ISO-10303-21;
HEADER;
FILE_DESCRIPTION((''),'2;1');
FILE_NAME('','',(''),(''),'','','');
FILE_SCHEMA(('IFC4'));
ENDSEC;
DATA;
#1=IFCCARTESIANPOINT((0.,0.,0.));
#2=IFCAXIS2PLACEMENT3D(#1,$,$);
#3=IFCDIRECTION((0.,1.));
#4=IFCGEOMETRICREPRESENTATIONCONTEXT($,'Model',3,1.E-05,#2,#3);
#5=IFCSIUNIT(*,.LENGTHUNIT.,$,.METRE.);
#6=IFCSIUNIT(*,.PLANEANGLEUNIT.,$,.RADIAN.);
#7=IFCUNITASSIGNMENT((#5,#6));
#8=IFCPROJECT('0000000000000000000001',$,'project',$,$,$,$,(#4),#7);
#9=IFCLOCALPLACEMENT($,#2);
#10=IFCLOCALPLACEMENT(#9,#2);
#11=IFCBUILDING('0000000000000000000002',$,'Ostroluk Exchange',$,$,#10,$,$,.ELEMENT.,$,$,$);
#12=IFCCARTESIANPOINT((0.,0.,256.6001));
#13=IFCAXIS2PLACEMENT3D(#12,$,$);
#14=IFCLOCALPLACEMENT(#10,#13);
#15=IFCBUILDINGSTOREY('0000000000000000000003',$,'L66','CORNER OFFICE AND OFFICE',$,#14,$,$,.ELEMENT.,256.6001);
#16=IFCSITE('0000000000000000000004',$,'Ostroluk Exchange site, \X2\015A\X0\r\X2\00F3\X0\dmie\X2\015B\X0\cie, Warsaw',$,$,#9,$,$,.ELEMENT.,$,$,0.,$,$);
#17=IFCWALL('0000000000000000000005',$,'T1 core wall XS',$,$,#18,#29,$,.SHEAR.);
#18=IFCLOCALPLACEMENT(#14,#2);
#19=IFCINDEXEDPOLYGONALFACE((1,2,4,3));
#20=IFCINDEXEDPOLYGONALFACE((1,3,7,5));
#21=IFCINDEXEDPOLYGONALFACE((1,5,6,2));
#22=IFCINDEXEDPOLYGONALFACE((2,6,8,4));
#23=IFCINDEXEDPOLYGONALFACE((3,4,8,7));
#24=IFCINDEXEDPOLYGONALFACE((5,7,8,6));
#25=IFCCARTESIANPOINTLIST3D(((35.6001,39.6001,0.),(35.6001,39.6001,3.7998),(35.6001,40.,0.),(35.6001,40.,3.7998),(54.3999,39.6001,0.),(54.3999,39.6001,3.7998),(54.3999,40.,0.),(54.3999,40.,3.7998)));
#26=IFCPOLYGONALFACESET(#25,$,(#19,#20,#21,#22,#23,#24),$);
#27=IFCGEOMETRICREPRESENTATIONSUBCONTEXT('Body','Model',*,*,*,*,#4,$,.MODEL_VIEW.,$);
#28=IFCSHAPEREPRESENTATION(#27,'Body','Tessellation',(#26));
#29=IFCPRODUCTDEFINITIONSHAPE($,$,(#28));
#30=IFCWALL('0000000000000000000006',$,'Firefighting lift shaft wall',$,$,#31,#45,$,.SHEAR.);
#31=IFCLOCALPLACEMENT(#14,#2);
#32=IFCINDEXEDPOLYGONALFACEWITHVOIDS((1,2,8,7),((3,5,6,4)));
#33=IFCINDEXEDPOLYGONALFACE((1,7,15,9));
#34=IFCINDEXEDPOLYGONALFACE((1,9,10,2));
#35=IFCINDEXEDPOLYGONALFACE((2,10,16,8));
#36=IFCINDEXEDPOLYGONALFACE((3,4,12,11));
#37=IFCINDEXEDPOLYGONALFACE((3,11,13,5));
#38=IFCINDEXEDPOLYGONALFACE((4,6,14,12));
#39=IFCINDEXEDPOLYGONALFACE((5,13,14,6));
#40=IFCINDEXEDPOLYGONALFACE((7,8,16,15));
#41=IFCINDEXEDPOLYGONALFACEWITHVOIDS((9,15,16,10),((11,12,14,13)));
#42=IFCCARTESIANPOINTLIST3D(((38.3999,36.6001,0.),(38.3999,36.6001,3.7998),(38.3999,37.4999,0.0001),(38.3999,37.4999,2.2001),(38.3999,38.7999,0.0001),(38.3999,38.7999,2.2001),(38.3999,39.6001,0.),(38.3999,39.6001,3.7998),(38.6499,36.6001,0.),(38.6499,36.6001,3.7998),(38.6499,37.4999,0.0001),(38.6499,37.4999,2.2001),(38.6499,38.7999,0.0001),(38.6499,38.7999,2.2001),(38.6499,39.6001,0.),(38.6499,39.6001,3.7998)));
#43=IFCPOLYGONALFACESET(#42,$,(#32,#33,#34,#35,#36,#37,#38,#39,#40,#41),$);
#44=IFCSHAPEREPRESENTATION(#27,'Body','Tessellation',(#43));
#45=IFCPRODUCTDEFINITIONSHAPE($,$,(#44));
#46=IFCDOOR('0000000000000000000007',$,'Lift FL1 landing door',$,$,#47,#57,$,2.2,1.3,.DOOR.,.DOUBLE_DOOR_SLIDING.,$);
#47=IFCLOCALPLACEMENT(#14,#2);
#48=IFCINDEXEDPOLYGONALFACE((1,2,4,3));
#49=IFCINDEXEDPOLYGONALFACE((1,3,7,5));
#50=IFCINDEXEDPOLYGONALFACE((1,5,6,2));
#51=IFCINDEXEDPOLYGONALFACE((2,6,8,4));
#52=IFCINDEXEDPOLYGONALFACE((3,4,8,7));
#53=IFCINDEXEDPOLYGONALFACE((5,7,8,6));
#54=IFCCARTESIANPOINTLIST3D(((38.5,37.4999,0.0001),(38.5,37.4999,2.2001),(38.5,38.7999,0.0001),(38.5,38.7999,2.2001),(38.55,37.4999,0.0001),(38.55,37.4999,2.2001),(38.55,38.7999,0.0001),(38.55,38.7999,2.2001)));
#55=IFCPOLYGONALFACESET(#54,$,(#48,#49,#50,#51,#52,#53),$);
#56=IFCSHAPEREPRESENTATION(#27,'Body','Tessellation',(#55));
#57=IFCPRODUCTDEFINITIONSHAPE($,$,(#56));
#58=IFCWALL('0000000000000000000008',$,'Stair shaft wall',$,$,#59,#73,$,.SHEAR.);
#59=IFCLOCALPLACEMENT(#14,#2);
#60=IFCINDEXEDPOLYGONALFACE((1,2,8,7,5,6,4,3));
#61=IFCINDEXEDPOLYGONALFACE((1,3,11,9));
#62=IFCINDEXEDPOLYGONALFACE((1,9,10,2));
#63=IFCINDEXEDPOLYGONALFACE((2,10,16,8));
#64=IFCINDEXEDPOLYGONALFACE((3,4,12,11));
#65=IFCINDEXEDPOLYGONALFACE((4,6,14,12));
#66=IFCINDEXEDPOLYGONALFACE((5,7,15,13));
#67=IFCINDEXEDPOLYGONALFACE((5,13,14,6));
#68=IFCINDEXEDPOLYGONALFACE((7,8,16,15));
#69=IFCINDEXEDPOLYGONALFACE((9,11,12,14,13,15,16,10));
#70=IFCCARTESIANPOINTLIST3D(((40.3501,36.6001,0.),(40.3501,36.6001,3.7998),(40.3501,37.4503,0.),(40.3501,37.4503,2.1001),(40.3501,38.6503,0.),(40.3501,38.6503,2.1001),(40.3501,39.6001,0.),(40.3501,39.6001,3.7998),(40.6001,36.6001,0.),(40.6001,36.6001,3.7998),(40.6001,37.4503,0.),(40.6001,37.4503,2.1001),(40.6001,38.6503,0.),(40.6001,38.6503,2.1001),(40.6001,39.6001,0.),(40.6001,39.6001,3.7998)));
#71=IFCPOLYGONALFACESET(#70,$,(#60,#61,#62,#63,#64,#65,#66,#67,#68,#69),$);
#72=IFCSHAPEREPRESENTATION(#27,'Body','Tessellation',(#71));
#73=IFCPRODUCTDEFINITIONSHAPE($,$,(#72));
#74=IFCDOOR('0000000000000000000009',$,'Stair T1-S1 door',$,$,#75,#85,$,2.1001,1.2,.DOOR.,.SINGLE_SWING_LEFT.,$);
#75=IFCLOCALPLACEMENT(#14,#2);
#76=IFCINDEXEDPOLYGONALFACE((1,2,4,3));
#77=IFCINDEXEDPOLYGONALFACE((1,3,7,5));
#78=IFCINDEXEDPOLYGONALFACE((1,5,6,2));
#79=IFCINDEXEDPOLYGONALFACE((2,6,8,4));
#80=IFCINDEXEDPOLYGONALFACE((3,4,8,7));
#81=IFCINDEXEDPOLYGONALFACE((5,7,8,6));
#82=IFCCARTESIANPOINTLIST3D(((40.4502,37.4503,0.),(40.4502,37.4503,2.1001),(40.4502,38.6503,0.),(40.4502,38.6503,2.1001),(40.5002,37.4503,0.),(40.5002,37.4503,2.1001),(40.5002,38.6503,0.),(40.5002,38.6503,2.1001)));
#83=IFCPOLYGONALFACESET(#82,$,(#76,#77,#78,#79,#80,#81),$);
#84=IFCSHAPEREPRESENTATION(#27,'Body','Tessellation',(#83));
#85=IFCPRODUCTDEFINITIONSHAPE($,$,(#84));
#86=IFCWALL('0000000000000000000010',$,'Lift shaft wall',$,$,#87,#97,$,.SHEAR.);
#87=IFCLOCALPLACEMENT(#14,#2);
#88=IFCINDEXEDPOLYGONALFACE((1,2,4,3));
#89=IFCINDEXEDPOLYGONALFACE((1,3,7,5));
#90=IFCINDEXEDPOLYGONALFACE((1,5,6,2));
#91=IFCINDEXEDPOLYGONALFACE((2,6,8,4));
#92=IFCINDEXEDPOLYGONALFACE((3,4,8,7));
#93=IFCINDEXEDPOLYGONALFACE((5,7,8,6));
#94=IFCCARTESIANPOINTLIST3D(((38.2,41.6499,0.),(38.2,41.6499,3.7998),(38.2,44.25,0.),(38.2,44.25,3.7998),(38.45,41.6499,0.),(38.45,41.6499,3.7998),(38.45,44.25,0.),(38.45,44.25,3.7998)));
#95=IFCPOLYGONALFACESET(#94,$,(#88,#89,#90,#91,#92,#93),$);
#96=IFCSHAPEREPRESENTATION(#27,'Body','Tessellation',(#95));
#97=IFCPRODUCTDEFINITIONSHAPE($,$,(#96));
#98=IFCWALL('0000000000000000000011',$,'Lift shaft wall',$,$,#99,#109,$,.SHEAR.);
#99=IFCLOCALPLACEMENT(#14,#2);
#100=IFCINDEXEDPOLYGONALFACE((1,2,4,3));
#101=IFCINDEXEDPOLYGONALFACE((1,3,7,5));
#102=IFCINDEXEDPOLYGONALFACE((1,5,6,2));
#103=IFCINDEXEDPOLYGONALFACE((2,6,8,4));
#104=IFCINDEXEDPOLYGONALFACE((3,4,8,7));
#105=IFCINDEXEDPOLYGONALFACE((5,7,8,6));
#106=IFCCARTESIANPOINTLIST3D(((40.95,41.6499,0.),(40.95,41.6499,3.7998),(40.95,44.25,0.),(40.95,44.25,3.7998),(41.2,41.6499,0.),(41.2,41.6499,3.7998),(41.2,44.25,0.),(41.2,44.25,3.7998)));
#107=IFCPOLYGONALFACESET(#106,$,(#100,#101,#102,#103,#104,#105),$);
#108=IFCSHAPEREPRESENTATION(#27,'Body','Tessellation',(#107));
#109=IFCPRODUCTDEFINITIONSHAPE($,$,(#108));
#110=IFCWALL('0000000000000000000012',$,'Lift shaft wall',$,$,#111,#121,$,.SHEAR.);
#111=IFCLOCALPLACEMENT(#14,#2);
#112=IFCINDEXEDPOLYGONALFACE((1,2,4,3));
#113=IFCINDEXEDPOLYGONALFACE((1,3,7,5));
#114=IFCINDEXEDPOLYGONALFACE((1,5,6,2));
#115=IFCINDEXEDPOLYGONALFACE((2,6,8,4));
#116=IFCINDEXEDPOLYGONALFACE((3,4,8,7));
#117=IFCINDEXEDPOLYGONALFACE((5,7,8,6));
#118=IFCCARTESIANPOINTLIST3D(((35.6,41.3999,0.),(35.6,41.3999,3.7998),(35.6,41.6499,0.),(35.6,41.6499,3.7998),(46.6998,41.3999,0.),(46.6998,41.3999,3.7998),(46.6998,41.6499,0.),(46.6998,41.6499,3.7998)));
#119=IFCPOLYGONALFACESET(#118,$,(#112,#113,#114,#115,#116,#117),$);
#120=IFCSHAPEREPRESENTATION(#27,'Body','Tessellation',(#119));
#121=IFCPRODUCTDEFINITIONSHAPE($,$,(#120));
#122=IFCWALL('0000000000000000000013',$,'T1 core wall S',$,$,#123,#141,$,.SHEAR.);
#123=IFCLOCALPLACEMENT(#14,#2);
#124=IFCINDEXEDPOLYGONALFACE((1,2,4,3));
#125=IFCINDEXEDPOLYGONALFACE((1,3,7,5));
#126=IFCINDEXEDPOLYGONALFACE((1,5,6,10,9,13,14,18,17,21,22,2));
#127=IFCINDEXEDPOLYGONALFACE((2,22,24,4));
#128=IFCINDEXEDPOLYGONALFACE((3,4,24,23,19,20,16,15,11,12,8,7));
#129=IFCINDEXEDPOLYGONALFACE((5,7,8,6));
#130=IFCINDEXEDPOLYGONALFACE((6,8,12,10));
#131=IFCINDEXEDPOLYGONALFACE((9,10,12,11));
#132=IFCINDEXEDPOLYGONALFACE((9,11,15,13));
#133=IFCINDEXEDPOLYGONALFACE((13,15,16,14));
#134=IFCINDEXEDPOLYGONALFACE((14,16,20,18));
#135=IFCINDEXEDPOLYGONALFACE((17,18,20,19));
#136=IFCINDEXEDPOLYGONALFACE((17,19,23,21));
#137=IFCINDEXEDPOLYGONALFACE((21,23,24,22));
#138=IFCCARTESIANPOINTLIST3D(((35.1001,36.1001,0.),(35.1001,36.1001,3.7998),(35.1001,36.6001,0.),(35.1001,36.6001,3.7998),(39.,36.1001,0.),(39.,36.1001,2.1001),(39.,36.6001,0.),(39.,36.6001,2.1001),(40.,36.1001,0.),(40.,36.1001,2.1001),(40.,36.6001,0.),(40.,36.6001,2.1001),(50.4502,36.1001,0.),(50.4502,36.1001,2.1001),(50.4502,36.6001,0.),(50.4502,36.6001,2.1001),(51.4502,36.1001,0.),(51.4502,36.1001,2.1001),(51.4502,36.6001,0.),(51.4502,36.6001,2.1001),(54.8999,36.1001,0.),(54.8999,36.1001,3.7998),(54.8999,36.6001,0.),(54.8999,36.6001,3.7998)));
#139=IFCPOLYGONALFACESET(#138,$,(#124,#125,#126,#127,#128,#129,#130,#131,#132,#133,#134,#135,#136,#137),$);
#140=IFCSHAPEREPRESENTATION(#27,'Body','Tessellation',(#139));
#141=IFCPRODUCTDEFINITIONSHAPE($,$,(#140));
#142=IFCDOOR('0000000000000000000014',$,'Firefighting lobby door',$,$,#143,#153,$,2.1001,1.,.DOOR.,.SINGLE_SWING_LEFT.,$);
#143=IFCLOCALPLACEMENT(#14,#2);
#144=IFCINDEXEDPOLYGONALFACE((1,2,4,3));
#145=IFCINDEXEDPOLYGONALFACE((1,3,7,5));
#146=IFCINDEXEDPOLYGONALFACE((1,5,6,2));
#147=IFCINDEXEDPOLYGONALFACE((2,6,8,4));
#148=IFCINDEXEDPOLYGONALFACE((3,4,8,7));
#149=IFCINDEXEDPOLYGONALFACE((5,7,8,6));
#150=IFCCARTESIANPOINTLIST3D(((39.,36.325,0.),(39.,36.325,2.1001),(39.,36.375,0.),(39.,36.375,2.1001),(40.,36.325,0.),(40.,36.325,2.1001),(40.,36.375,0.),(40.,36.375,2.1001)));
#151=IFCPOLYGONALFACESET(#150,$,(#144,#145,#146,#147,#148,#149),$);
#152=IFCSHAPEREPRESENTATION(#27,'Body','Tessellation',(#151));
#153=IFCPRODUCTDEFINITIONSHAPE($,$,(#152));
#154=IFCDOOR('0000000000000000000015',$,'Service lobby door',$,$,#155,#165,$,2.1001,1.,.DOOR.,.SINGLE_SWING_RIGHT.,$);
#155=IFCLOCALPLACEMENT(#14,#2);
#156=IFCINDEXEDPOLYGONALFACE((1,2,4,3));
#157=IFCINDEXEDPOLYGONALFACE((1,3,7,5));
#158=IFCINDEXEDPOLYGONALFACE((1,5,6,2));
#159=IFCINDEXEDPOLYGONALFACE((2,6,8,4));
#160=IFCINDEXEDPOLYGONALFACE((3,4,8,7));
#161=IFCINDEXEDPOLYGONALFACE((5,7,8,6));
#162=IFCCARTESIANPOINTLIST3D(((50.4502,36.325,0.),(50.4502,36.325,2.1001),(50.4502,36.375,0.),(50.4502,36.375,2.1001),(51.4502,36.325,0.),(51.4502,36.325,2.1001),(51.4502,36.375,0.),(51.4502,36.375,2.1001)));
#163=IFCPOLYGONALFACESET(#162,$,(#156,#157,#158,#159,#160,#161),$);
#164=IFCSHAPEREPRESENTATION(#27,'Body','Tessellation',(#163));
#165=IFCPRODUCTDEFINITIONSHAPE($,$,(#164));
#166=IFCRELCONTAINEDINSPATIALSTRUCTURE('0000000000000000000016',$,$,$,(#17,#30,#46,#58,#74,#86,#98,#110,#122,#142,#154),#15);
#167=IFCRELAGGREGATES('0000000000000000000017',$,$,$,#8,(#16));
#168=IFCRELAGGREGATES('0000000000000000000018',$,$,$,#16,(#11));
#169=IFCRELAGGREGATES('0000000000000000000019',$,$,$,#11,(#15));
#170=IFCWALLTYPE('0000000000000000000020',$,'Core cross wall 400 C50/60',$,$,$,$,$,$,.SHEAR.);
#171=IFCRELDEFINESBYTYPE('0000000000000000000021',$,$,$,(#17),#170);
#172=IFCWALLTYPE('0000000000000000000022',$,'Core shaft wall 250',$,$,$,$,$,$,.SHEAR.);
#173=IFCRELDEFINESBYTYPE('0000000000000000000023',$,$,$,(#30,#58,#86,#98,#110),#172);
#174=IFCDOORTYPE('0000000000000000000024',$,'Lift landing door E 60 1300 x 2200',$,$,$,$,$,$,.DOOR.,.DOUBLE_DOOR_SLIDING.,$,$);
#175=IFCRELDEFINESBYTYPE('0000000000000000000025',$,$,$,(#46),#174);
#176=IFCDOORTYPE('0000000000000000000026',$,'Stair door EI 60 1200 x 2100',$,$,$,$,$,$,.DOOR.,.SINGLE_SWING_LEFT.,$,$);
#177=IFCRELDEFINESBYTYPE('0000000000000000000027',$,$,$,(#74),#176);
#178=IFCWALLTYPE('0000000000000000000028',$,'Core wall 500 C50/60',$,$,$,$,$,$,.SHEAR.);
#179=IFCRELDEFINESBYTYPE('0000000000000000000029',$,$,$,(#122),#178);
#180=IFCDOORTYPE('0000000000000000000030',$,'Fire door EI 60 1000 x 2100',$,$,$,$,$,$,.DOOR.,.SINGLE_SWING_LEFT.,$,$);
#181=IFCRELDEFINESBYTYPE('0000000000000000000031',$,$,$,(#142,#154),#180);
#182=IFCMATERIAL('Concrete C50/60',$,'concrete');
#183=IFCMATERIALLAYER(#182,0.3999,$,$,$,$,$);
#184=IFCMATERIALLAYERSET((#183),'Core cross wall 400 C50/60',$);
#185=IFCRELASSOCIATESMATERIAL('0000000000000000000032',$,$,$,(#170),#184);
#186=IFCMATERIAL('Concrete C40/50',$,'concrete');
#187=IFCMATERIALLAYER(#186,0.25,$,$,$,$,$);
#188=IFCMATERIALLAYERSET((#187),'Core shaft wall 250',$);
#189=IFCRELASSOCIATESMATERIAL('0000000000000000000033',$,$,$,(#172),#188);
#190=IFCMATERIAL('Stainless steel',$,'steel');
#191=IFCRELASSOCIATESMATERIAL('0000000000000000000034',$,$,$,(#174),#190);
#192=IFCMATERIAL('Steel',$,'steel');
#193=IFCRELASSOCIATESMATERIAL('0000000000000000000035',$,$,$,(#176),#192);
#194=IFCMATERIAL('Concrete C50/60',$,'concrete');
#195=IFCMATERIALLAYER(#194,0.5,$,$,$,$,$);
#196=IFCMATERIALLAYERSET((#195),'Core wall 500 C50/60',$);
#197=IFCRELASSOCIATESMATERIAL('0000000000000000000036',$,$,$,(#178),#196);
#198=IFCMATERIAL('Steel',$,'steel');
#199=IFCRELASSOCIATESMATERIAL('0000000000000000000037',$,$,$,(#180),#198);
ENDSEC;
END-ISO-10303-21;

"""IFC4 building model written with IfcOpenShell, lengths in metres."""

from ifc_helpers import new_model, si_unit, direction, frame, frame_2d, origin, place, context, subcontext, project, spatial, rectangle, extrude, material, layer, layer_set, type_object, element, fill, save


model = new_model("IFC4")

# Units and contexts
model_context = context("Model", 3, precision=1e-05, world=origin(), true_north=direction((0.0, 1.0)))
body_context = subcontext(model_context, "Body", "Model", "MODEL_VIEW")
ifc_project = project(units=[si_unit("LENGTHUNIT", "METRE"), si_unit("PLANEANGLEUNIT", "RADIAN")], contexts=[model_context])

# Site, building, storey
site_placement = place(None, origin())
site = spatial("IfcSite", under=ifc_project, at=site_placement, Name="Ostroluk Exchange site, Śródmieście, Warsaw", CompositionType="ELEMENT", RefElevation=0.0)
building_placement = place(site_placement, origin())
building = spatial("IfcBuilding", under=site, at=building_placement, Name="Ostroluk Exchange", CompositionType="ELEMENT")
storey_placement = place(building_placement, frame((0.0, 0.0, 256.6001)))
storey = spatial("IfcBuildingStorey", under=building, at=storey_placement, Name="L66", Description="CORNER OFFICE AND OFFICE", CompositionType="ELEMENT", Elevation=256.6001)

# Wall
ifc_material_1 = material(Name="Concrete C50/60", Category="concrete")
ifc_layer_1 = layer(ifc_material_1, 0.3999)
ifc_layer_set_1 = layer_set([ifc_layer_1], Name="Core cross wall 400 C50/60")
wall_type_1 = type_object("IfcWallType", Name="Core cross wall 400 C50/60", PredefinedType="SHEAR", material=ifc_layer_set_1)
wall_1_placement = place(storey_placement, frame((35.6001, 39.8, 0.0), z_axis=(0.0, 0.0, 1.0), x_axis=(1.0, 0.0, 0.0)))
element("IfcWall", 1, at=wall_1_placement, inside=storey, type_object=wall_type_1, Name="T1 core wall XS", PredefinedType="SHEAR", context=body_context, shape_type="SweptSolid", body=[
    extrude(rectangle(XDim=18.7998, YDim=0.3999, at=frame_2d((9.3999, 0.0))), origin(), (0.0, 0.0, 1.0), 3.7998),
])

# Walls, openings, doors
ifc_material_2 = material(Name="Concrete C40/50", Category="concrete")
ifc_layer_2 = layer(ifc_material_2, 0.25)
ifc_layer_set_2 = layer_set([ifc_layer_2], Name="Core shaft wall 250")
wall_type_2 = type_object("IfcWallType", Name="Core shaft wall 250", PredefinedType="SHEAR", material=ifc_layer_set_2)
wall_2_placement = place(storey_placement, frame((38.5249, 36.6001, 0.0), z_axis=(0.0, 0.0, 1.0), x_axis=(0.0, 1.0, 0.0)))
wall_2 = element("IfcWall", 2, at=wall_2_placement, inside=storey, type_object=wall_type_2, Name="Firefighting lift shaft wall", PredefinedType="SHEAR", context=body_context, shape_type="SweptSolid", body=[
    extrude(rectangle(XDim=3.0, YDim=0.25, at=frame_2d((1.5, 0.0))), origin(), (0.0, 0.0, 1.0), 3.7998),
])
opening_1_placement = place(wall_2_placement, frame((0.8999, 0.0, 0.0)))
opening_1 = element("IfcOpeningElement", 3, at=opening_1_placement, cuts=wall_2, PredefinedType="OPENING", context=body_context, shape_type="SweptSolid", body=[
    extrude(rectangle(XDim=1.3, YDim=2.2, at=frame_2d((0.6499, 1.1001))), frame((0.0, 0.135, 0.0), z_axis=(0.0, -1.0, 0.0), x_axis=(1.0, 0.0, 0.0)), (0.0, 0.0, 1.0), 0.27),
])
ifc_material_3 = material(Name="Stainless steel", Category="steel")
door_type_1 = type_object("IfcDoorType", Name="Lift landing door E 60 1300 x 2200", OperationType="DOUBLE_DOOR_SLIDING", PredefinedType="DOOR", material=ifc_material_3)
door_1_placement = place(opening_1_placement, origin())
door_1 = element("IfcDoor", 4, at=door_1_placement, inside=storey, type_object=door_type_1, Name="Lift FL1 landing door", OperationType="DOUBLE_DOOR_SLIDING", OverallHeight=2.2, OverallWidth=1.3, PredefinedType="DOOR", context=body_context, shape_type="SweptSolid", body=[
    extrude(rectangle(XDim=1.3, YDim=2.2, at=frame_2d((0.6499, 1.1001))), frame((0.0, 0.0249, 0.0), z_axis=(0.0, -1.0, 0.0), x_axis=(1.0, 0.0, 0.0)), (0.0, 0.0, 1.0), 0.05),
])
fill(opening_1, door_1)
wall_3_placement = place(storey_placement, frame((40.4751, 36.6001, 0.0), z_axis=(0.0, 0.0, 1.0), x_axis=(0.0, 1.0, 0.0)))
wall_3 = element("IfcWall", 5, at=wall_3_placement, inside=storey, type_object=wall_type_2, Name="Stair shaft wall", PredefinedType="SHEAR", context=body_context, shape_type="SweptSolid", body=[
    extrude(rectangle(XDim=3.0, YDim=0.25, at=frame_2d((1.5, 0.0))), origin(), (0.0, 0.0, 1.0), 3.7998),
])
opening_2_placement = place(wall_3_placement, frame((0.8501, 0.0, 0.0)))
opening_2 = element("IfcOpeningElement", 6, at=opening_2_placement, cuts=wall_3, PredefinedType="OPENING", context=body_context, shape_type="SweptSolid", body=[
    extrude(rectangle(XDim=1.2, YDim=2.1001, at=frame_2d((0.6001, 1.05))), frame((0.0, 0.135, 0.0), z_axis=(0.0, -1.0, 0.0), x_axis=(1.0, 0.0, 0.0)), (0.0, 0.0, 1.0), 0.27),
])
ifc_material_4 = material(Name="Steel", Category="steel")
door_type_2 = type_object("IfcDoorType", Name="Stair door EI 60 1200 x 2100", OperationType="SINGLE_SWING_LEFT", PredefinedType="DOOR", material=ifc_material_4)
door_2_placement = place(opening_2_placement, origin())
door_2 = element("IfcDoor", 7, at=door_2_placement, inside=storey, type_object=door_type_2, Name="Stair T1-S1 door", OperationType="SINGLE_SWING_LEFT", OverallHeight=2.1001, OverallWidth=1.2, PredefinedType="DOOR", context=body_context, shape_type="SweptSolid", body=[
    extrude(rectangle(XDim=1.2, YDim=2.1001, at=frame_2d((0.6001, 1.05))), frame((0.0, 0.0249, 0.0), z_axis=(0.0, -1.0, 0.0), x_axis=(1.0, 0.0, 0.0)), (0.0, 0.0, 1.0), 0.05),
])
fill(opening_2, door_2)

# Walls
for number, where, z_axis, x_axis, name in (
    (8, (38.325, 44.25, 0.0), (0.0, 0.0, 1.0), (0.0, -1.0, 0.0), "Lift shaft wall"),
    (9, (41.075, 44.25, 0.0), (0.0, 0.0, 1.0), (0.0, -1.0, 0.0), "Lift shaft wall"),
):
    element("IfcWall", number, at=place(storey_placement, frame(where, z_axis=z_axis, x_axis=x_axis)), inside=storey, type_object=wall_type_2, Name=name, PredefinedType="SHEAR", context=body_context, shape_type="SweptSolid", body=[
        extrude(rectangle(XDim=2.6001, YDim=0.25, at=frame_2d((1.3, 0.0))), origin(), (0.0, 0.0, 1.0), 3.7998),
    ])
wall_4_placement = place(storey_placement, frame((35.6001, 41.5249, 0.0), z_axis=(0.0, 0.0, 1.0), x_axis=(1.0, 0.0, 0.0)))
element("IfcWall", 10, at=wall_4_placement, inside=storey, type_object=wall_type_2, Name="Lift shaft wall", PredefinedType="SHEAR", context=body_context, shape_type="SweptSolid", body=[
    extrude(rectangle(XDim=11.0999, YDim=0.25, at=frame_2d((5.5498, 0.0))), origin(), (0.0, 0.0, 1.0), 3.7998),
])

# Wall, openings, doors
ifc_material_5 = material(Name="Concrete C50/60", Category="concrete")
ifc_layer_3 = layer(ifc_material_5, 0.5)
ifc_layer_set_3 = layer_set([ifc_layer_3], Name="Core wall 500 C50/60")
wall_type_3 = type_object("IfcWallType", Name="Core wall 500 C50/60", PredefinedType="SHEAR", material=ifc_layer_set_3)
wall_5_placement = place(storey_placement, frame((35.1001, 36.3501, 0.0), z_axis=(0.0, 0.0, 1.0), x_axis=(1.0, 0.0, 0.0)))
wall_5 = element("IfcWall", 11, at=wall_5_placement, inside=storey, type_object=wall_type_3, Name="T1 core wall S", PredefinedType="SHEAR", context=body_context, shape_type="SweptSolid", body=[
    extrude(rectangle(XDim=19.7998, YDim=0.5, at=frame_2d((9.8999, 0.0))), origin(), (0.0, 0.0, 1.0), 3.7998),
])
opening_3_placement = place(wall_5_placement, frame((3.8999, 0.0, 0.0)))
opening_3 = element("IfcOpeningElement", 12, at=opening_3_placement, cuts=wall_5, PredefinedType="OPENING", context=body_context, shape_type="SweptSolid", body=[
    extrude(rectangle(XDim=1.0, YDim=2.1001, at=frame_2d((0.5, 1.05))), frame((0.0, 0.26, 0.0), z_axis=(0.0, -1.0, 0.0), x_axis=(1.0, 0.0, 0.0)), (0.0, 0.0, 1.0), 0.52),
])
opening_4_placement = place(wall_5_placement, frame((15.3501, 0.0, 0.0)))
opening_4 = element("IfcOpeningElement", 13, at=opening_4_placement, cuts=wall_5, PredefinedType="OPENING", context=body_context, shape_type="SweptSolid", body=[
    extrude(rectangle(XDim=1.0, YDim=2.1001, at=frame_2d((0.5, 1.05))), frame((0.0, 0.26, 0.0), z_axis=(0.0, -1.0, 0.0), x_axis=(1.0, 0.0, 0.0)), (0.0, 0.0, 1.0), 0.52),
])
ifc_material_6 = material(Name="Steel", Category="steel")
door_type_3 = type_object("IfcDoorType", Name="Fire door EI 60 1000 x 2100", OperationType="SINGLE_SWING_LEFT", PredefinedType="DOOR", material=ifc_material_6)
door_3_placement = place(opening_3_placement, origin())
door_3 = element("IfcDoor", 14, at=door_3_placement, inside=storey, type_object=door_type_3, Name="Firefighting lobby door", OperationType="SINGLE_SWING_LEFT", OverallHeight=2.1001, OverallWidth=1.0, PredefinedType="DOOR", context=body_context, shape_type="SweptSolid", body=[
    extrude(rectangle(XDim=1.0, YDim=2.1001, at=frame_2d((0.5, 1.05))), frame((0.0, 0.0249, 0.0), z_axis=(0.0, -1.0, 0.0), x_axis=(1.0, 0.0, 0.0)), (0.0, 0.0, 1.0), 0.05),
])
fill(opening_3, door_3)
door_4_placement = place(opening_4_placement, origin())
door_4 = element("IfcDoor", 15, at=door_4_placement, inside=storey, type_object=door_type_3, Name="Service lobby door", OperationType="SINGLE_SWING_RIGHT", OverallHeight=2.1001, OverallWidth=1.0, PredefinedType="DOOR", context=body_context, shape_type="SweptSolid", body=[
    extrude(rectangle(XDim=1.0, YDim=2.1001, at=frame_2d((0.5, 1.05))), frame((0.0, 0.0249, 0.0), z_axis=(0.0, -1.0, 0.0), x_axis=(1.0, 0.0, 0.0)), (0.0, 0.0, 1.0), 0.05),
])
fill(opening_4, door_4)

save(model, "model.ifc")
